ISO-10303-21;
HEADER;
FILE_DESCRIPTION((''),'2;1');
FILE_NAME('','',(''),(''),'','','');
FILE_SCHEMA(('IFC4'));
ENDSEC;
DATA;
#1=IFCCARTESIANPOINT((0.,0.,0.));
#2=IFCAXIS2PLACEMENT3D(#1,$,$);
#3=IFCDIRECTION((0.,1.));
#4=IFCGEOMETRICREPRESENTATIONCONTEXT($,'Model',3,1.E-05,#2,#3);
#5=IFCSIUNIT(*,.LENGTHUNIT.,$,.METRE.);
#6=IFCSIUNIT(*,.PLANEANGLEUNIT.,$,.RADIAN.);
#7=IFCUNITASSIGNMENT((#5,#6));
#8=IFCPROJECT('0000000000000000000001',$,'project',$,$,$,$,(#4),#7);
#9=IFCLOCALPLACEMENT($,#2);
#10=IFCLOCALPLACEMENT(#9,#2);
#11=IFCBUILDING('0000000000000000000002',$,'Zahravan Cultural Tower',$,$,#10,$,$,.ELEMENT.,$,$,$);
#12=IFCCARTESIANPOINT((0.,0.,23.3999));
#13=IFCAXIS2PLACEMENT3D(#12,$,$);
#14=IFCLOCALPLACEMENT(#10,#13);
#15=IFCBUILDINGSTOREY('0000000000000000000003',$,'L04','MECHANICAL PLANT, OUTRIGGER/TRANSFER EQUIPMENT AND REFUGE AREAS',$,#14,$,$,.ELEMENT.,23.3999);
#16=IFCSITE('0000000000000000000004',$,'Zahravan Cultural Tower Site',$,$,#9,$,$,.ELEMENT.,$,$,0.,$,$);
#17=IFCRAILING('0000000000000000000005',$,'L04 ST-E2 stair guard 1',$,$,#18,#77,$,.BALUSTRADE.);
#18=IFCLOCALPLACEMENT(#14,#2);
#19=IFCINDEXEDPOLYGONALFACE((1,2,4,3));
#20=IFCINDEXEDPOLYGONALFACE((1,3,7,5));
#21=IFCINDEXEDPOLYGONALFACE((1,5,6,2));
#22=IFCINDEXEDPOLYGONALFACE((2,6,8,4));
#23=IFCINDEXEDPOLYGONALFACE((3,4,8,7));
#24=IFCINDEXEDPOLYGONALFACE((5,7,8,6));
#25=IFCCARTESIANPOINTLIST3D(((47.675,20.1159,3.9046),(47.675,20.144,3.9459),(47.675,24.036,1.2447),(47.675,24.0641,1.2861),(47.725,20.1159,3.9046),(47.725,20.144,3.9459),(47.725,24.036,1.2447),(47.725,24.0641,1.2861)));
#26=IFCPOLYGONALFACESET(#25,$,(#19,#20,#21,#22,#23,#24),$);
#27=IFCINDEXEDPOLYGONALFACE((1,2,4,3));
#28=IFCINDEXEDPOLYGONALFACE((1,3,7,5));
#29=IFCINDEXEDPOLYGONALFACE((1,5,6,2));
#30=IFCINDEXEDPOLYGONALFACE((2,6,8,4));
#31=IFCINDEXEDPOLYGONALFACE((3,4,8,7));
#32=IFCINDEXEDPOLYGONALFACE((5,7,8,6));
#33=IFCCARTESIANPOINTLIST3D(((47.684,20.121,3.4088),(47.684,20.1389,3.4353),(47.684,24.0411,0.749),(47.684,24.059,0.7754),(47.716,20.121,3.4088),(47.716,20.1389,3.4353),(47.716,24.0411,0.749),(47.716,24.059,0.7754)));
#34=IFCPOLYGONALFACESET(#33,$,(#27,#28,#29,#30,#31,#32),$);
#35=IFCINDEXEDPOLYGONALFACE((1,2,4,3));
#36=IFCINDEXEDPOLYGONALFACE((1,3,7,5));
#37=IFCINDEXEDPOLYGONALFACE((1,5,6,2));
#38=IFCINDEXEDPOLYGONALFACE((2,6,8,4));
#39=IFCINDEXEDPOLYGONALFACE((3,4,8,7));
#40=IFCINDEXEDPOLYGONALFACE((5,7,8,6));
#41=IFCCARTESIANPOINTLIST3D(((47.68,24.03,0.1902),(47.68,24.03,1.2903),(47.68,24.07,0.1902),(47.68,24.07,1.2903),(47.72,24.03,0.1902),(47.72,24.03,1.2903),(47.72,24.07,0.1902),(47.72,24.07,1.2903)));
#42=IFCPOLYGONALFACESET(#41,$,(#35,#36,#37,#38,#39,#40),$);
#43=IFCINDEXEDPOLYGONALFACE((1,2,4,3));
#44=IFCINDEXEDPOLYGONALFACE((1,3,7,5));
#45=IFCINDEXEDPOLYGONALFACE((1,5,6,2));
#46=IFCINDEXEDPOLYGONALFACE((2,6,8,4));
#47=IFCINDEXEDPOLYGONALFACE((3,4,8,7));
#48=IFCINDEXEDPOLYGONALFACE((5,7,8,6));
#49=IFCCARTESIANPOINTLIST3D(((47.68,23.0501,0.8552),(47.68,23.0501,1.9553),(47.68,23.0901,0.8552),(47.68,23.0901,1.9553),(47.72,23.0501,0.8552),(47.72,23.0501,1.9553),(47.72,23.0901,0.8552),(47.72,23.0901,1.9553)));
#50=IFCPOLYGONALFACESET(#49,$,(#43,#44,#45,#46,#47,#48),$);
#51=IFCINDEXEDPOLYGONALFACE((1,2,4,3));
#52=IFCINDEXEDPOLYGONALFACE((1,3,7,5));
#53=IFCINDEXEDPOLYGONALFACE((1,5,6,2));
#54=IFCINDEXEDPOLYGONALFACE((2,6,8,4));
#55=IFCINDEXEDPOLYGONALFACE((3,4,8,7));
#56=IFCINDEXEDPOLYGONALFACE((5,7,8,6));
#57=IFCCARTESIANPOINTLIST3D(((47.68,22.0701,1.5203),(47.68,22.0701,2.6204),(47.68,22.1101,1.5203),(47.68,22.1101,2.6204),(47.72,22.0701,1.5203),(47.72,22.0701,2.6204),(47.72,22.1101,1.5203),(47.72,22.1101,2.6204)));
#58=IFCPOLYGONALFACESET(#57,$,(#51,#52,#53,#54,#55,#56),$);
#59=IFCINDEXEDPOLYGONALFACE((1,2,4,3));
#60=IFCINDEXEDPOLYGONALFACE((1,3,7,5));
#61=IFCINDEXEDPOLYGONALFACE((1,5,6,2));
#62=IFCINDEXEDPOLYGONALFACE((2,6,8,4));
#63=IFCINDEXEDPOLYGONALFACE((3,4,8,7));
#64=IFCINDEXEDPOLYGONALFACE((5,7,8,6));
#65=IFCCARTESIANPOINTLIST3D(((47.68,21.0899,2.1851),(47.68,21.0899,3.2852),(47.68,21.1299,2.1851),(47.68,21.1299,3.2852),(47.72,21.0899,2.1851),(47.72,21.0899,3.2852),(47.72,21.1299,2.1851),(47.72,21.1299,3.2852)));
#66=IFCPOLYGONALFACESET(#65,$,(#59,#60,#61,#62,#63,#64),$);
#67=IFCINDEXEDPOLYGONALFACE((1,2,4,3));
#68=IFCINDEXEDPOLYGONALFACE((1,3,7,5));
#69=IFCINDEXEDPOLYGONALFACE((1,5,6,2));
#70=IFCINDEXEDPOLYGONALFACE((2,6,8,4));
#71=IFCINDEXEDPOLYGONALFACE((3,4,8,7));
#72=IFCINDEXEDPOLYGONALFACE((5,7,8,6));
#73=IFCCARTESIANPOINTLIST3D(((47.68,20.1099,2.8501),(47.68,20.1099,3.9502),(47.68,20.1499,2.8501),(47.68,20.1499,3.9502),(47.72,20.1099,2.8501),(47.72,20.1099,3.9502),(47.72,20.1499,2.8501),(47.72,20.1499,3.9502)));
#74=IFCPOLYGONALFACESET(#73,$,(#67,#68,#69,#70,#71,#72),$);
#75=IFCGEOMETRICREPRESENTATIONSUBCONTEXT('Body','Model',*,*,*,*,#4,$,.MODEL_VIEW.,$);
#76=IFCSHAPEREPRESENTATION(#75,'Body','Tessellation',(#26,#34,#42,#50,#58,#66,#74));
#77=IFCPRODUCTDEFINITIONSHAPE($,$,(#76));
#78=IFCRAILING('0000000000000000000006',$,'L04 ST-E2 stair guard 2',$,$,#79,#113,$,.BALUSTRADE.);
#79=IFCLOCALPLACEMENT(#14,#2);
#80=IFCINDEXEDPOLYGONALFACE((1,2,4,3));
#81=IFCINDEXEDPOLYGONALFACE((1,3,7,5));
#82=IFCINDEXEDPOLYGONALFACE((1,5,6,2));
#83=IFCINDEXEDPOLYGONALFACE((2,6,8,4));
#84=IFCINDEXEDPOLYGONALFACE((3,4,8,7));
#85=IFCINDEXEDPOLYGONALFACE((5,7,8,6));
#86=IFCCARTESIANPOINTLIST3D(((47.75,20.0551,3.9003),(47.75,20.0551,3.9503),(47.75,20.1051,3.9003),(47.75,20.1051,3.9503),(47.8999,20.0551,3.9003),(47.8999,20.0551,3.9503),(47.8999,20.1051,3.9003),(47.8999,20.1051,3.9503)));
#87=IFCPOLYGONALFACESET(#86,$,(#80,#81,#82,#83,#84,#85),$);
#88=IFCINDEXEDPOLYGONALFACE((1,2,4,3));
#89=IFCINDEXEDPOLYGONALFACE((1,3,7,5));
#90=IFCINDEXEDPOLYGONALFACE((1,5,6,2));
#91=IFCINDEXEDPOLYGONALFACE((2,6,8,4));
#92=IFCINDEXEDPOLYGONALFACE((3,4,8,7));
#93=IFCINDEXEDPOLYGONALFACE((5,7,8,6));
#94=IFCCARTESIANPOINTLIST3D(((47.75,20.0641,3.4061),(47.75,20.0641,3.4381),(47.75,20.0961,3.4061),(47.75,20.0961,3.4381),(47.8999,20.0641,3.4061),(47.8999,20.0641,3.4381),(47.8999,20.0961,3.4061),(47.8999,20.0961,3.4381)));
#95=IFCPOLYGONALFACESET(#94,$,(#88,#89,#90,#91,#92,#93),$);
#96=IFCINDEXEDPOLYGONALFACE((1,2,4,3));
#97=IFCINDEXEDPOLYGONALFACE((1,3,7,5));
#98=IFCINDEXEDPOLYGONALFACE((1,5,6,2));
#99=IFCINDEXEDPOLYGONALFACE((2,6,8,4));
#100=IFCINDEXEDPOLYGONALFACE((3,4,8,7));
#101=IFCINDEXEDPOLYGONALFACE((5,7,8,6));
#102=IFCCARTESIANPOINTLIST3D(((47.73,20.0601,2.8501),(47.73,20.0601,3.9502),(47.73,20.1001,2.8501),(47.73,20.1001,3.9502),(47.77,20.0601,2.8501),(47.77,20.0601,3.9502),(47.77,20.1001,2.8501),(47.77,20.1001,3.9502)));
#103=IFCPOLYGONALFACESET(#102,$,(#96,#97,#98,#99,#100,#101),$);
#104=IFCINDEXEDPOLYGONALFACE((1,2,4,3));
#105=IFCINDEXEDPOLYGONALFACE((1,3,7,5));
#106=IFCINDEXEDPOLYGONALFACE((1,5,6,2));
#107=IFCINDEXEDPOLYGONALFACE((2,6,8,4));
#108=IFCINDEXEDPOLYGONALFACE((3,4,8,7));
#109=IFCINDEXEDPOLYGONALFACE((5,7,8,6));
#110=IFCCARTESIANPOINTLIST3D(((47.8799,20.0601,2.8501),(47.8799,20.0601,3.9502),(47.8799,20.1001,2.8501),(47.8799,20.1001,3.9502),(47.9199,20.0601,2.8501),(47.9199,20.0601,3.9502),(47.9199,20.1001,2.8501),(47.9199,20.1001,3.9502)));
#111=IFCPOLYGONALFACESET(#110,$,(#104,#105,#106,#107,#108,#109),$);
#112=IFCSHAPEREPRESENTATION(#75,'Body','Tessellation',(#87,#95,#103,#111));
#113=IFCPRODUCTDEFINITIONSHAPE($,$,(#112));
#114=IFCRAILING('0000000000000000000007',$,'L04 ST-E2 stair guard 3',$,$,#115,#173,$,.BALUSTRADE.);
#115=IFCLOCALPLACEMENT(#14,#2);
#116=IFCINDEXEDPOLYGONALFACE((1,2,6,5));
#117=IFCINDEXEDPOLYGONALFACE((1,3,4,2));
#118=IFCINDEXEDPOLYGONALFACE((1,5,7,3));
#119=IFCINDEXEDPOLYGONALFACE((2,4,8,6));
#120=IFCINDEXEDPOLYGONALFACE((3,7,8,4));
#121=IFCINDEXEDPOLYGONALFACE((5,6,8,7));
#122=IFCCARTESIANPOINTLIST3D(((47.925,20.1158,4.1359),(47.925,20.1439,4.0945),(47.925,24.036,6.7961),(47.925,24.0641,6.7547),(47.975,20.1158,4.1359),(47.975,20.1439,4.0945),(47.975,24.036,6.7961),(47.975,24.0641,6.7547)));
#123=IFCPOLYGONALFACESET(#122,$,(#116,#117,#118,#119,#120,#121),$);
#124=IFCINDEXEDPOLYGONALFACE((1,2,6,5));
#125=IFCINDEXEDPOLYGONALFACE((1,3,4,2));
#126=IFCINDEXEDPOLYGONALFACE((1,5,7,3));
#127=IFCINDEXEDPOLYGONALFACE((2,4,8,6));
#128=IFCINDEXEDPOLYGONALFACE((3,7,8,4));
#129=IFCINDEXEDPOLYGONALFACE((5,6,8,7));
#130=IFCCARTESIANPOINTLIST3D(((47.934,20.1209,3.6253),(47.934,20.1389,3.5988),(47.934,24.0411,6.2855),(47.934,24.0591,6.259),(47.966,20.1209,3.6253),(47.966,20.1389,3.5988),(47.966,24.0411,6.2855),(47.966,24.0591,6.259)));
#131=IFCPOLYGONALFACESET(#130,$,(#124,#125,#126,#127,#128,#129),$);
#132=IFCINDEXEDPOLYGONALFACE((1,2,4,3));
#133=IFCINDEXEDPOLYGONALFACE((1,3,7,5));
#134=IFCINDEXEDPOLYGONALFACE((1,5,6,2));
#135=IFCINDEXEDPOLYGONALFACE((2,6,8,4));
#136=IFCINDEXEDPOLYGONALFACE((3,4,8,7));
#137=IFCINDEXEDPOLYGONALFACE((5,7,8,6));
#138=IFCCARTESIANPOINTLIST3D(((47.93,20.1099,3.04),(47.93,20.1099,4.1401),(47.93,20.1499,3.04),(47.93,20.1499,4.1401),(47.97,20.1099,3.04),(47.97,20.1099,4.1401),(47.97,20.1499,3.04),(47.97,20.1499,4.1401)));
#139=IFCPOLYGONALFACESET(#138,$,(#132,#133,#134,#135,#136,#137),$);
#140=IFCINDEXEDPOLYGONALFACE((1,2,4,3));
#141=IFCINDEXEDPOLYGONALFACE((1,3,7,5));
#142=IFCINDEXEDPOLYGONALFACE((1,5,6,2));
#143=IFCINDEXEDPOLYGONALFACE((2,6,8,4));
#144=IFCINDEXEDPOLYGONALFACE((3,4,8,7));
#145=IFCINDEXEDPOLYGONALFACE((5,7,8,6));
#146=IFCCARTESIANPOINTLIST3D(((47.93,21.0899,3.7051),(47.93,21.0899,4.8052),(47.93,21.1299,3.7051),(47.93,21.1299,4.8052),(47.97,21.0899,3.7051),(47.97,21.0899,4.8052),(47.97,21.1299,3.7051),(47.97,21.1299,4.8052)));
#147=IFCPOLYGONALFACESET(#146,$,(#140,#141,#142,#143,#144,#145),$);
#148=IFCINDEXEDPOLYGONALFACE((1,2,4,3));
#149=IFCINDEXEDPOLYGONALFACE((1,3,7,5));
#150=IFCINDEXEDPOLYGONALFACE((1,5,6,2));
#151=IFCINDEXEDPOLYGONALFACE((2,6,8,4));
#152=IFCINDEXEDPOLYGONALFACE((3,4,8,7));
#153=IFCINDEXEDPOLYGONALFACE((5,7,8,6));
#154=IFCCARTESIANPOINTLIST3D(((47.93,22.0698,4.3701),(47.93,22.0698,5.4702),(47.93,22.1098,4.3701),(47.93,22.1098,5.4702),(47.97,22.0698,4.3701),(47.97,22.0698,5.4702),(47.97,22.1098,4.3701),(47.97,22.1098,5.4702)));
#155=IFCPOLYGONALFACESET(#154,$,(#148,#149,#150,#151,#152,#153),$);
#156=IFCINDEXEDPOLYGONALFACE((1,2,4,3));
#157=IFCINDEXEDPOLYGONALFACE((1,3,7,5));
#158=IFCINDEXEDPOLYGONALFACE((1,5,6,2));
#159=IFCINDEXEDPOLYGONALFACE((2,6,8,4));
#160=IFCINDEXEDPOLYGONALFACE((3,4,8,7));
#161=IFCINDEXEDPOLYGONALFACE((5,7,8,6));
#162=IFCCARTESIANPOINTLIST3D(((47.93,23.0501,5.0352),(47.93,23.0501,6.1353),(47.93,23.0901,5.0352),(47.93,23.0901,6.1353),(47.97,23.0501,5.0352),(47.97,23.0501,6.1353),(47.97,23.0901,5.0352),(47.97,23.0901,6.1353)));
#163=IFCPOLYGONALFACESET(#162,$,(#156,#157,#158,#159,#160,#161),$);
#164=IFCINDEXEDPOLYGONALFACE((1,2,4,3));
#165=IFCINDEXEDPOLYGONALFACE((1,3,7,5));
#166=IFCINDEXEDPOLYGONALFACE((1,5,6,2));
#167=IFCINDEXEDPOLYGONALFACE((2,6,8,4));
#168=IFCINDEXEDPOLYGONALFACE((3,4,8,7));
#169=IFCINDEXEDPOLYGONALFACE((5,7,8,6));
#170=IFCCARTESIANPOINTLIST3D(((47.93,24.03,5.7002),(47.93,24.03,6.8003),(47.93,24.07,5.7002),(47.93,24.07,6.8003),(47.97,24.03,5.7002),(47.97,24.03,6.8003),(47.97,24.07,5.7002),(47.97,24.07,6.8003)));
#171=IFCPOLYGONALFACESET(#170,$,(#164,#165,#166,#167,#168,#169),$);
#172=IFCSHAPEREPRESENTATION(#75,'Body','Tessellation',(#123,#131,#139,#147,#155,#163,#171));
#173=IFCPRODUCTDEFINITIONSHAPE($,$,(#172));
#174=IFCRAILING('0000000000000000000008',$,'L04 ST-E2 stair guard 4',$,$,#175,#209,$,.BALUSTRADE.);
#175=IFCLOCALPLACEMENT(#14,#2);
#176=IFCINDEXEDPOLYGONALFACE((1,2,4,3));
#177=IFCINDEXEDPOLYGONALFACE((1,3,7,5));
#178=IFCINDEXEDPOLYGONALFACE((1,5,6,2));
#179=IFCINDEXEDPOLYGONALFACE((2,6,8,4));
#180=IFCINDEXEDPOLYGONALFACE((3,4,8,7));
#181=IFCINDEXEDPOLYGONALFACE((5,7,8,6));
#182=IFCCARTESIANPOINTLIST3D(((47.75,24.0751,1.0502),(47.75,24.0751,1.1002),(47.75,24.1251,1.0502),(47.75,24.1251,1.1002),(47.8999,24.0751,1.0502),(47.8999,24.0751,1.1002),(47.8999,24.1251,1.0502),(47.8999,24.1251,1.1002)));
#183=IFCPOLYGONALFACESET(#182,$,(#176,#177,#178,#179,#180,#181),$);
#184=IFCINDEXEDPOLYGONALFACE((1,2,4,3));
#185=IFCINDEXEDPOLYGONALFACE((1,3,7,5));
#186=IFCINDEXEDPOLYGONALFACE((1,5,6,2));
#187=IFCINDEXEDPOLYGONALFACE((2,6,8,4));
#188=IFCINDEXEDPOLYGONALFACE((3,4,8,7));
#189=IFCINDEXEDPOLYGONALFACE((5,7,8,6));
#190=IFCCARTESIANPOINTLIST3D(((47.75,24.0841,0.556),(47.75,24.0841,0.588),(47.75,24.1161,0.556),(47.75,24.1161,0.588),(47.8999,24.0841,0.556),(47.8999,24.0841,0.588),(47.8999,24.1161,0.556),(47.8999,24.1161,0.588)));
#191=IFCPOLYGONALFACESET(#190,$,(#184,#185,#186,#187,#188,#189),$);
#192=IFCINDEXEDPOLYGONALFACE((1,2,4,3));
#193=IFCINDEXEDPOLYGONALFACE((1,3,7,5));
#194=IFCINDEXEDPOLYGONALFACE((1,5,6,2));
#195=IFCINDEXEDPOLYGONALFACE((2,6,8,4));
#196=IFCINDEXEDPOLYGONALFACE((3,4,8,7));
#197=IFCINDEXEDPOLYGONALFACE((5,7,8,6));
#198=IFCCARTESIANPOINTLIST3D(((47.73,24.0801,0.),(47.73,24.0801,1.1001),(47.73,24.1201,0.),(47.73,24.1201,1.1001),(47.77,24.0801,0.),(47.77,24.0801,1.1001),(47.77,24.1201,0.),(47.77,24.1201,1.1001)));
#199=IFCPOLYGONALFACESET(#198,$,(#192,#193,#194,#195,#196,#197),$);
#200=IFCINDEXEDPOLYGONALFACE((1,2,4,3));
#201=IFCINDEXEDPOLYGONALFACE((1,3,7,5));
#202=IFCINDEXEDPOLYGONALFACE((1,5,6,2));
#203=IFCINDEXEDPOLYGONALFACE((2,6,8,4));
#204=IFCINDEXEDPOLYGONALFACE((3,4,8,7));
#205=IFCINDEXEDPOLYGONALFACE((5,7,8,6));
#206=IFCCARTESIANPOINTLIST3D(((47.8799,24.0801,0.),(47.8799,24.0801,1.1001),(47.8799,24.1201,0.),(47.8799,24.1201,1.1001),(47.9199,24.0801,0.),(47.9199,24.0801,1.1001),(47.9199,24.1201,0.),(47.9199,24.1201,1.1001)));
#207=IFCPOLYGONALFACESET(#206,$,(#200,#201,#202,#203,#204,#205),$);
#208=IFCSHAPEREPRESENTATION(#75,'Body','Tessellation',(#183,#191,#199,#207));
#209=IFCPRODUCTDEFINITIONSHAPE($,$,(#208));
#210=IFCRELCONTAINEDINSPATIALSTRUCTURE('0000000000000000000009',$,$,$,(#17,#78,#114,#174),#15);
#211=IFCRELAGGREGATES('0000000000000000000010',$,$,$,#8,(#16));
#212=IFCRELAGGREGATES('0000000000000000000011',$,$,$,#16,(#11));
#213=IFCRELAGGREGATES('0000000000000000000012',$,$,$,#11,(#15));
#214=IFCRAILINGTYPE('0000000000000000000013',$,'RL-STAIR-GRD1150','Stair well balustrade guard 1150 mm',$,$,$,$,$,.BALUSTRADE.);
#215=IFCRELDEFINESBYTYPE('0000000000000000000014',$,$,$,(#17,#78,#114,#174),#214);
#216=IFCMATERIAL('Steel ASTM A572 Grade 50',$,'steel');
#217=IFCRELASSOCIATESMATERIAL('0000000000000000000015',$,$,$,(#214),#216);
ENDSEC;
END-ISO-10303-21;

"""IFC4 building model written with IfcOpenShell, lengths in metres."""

from ifc_helpers import new_model, si_unit, direction, frame, origin, origin_2d, place, context, subcontext, project, spatial, rectangle, extrude, material, type_object, element, save


model = new_model("IFC4")

# Units and contexts
model_context = context("Model", 3, precision=1e-05, world=origin(), true_north=direction((0.0, 1.0)))
body_context = subcontext(model_context, "Body", "Model", "MODEL_VIEW")
ifc_project = project(units=[si_unit("LENGTHUNIT", "METRE"), si_unit("PLANEANGLEUNIT", "RADIAN")], contexts=[model_context])

# Site, building, storey
site_placement = place(None, origin())
site = spatial("IfcSite", under=ifc_project, at=site_placement, Name="Zahravan Cultural Tower Site", CompositionType="ELEMENT", RefElevation=0.0)
building_placement = place(site_placement, origin())
building = spatial("IfcBuilding", under=site, at=building_placement, Name="Zahravan Cultural Tower", CompositionType="ELEMENT")
storey_placement = place(building_placement, frame((0.0, 0.0, 23.3999)))
storey = spatial("IfcBuildingStorey", under=building, at=storey_placement, Name="L04", Description="MECHANICAL PLANT, OUTRIGGER/TRANSFER EQUIPMENT AND REFUGE AREAS", CompositionType="ELEMENT", Elevation=23.3999)

# Shared definitions
ifc_material_1 = material(Name="Steel ASTM A572 Grade 50", Category="steel")

# Railings
railing_type_1 = type_object("IfcRailingType", Name="RL-STAIR-GRD1150", Description="Stair well balustrade guard 1150 mm", PredefinedType="BALUSTRADE", material=ifc_material_1)
railing_1_placement = place(storey_placement, frame((47.7, 24.05, 0.1902)))
element("IfcRailing", 1, at=railing_1_placement, inside=storey, type_object=railing_type_1, Name="L04 ST-E2 stair guard 1", PredefinedType="BALUSTRADE", context=body_context, shape_type="SweptSolid", body=[
    extrude(rectangle(XDim=0.05, YDim=0.05, at=origin_2d()), frame((0.0, 0.0, 1.0752), z_axis=(0.0, -0.827495, 0.561472), x_axis=(1.0, 0.0, 0.0)), (0.0, 0.0, 1.0), 4.7373),
    extrude(rectangle(XDim=0.032, YDim=0.032, at=origin_2d()), frame((0.0, 0.0, 0.572), z_axis=(0.0, -0.827495, 0.561472), x_axis=(1.0, 0.0, 0.0)), (0.0, 0.0, 1.0), 4.7373),
    extrude(rectangle(XDim=0.04, YDim=0.04, at=origin_2d()), origin(), (0.0, 0.0, 1.0), 1.1001),
    extrude(rectangle(XDim=0.04, YDim=0.04, at=origin_2d()), frame((0.0, -0.98, 0.665)), (0.0, 0.0, 1.0), 1.1001),
    extrude(rectangle(XDim=0.04, YDim=0.04, at=origin_2d()), frame((0.0, -1.96, 1.3301)), (0.0, 0.0, 1.0), 1.1001),
    extrude(rectangle(XDim=0.04, YDim=0.04, at=origin_2d()), frame((0.0, -2.9402, 1.9949)), (0.0, 0.0, 1.0), 1.1001),
    extrude(rectangle(XDim=0.04, YDim=0.04, at=origin_2d()), frame((0.0, -3.9202, 2.6599)), (0.0, 0.0, 1.0), 1.1001),
])
railing_2_placement = place(storey_placement, frame((47.75, 20.0801, 2.8501)))
element("IfcRailing", 2, at=railing_2_placement, inside=storey, type_object=railing_type_1, Name="L04 ST-E2 stair guard 2", PredefinedType="BALUSTRADE", context=body_context, shape_type="SweptSolid", body=[
    extrude(rectangle(XDim=0.05, YDim=0.05, at=origin_2d()), frame((0.0, 0.0, 1.0752), z_axis=(1.0, 0.0, 0.0), x_axis=(0.0, 1.0, 0.0)), (0.0, 0.0, 1.0), 0.1499),
    extrude(rectangle(XDim=0.032, YDim=0.032, at=origin_2d()), frame((0.0, 0.0, 0.572), z_axis=(1.0, 0.0, 0.0), x_axis=(0.0, 1.0, 0.0)), (0.0, 0.0, 1.0), 0.1499),
    extrude(rectangle(XDim=0.04, YDim=0.04, at=origin_2d()), origin(), (0.0, 0.0, 1.0), 1.1001),
    extrude(rectangle(XDim=0.04, YDim=0.04, at=origin_2d()), frame((0.1499, 0.0, 0.0)), (0.0, 0.0, 1.0), 1.1001),
])
railing_3_placement = place(storey_placement, frame((47.95, 20.1299, 3.04)))
element("IfcRailing", 3, at=railing_3_placement, inside=storey, type_object=railing_type_1, Name="L04 ST-E2 stair guard 3", PredefinedType="BALUSTRADE", context=body_context, shape_type="SweptSolid", body=[
    extrude(rectangle(XDim=0.05, YDim=0.05, at=origin_2d()), frame((0.0, 0.0, 1.0752), z_axis=(0.0, 0.827471, 0.561508), x_axis=(-1.0, 0.0, 0.0)), (0.0, 0.0, 1.0), 4.7375),
    extrude(rectangle(XDim=0.032, YDim=0.032, at=origin_2d()), frame((0.0, 0.0, 0.572), z_axis=(0.0, 0.827471, 0.561508), x_axis=(-1.0, 0.0, 0.0)), (0.0, 0.0, 1.0), 4.7375),
    extrude(rectangle(XDim=0.04, YDim=0.04, at=origin_2d()), origin(), (0.0, 0.0, 1.0), 1.1001),
    extrude(rectangle(XDim=0.04, YDim=0.04, at=origin_2d()), frame((0.0, 0.98, 0.665)), (0.0, 0.0, 1.0), 1.1001),
    extrude(rectangle(XDim=0.04, YDim=0.04, at=origin_2d()), frame((0.0, 1.96, 1.3301)), (0.0, 0.0, 1.0), 1.1001),
    extrude(rectangle(XDim=0.04, YDim=0.04, at=origin_2d()), frame((0.0, 2.9402, 1.9951)), (0.0, 0.0, 1.0), 1.1001),
    extrude(rectangle(XDim=0.04, YDim=0.04, at=origin_2d()), frame((0.0, 3.9202, 2.6602)), (0.0, 0.0, 1.0), 1.1001),
])
railing_4_placement = place(storey_placement, frame((47.75, 24.1001, 0.0)))
element("IfcRailing", 4, at=railing_4_placement, inside=storey, type_object=railing_type_1, Name="L04 ST-E2 stair guard 4", PredefinedType="BALUSTRADE", context=body_context, shape_type="SweptSolid", body=[
    extrude(rectangle(XDim=0.05, YDim=0.05, at=origin_2d()), frame((0.0, 0.0, 1.0752), z_axis=(1.0, 0.0, 0.0), x_axis=(0.0, 1.0, 0.0)), (0.0, 0.0, 1.0), 0.1499),
    extrude(rectangle(XDim=0.032, YDim=0.032, at=origin_2d()), frame((0.0, 0.0, 0.572), z_axis=(1.0, 0.0, 0.0), x_axis=(0.0, 1.0, 0.0)), (0.0, 0.0, 1.0), 0.1499),
    extrude(rectangle(XDim=0.04, YDim=0.04, at=origin_2d()), origin(), (0.0, 0.0, 1.0), 1.1001),
    extrude(rectangle(XDim=0.04, YDim=0.04, at=origin_2d()), frame((0.1499, 0.0, 0.0)), (0.0, 0.0, 1.0), 1.1001),
])

save(model, "model.ifc")
